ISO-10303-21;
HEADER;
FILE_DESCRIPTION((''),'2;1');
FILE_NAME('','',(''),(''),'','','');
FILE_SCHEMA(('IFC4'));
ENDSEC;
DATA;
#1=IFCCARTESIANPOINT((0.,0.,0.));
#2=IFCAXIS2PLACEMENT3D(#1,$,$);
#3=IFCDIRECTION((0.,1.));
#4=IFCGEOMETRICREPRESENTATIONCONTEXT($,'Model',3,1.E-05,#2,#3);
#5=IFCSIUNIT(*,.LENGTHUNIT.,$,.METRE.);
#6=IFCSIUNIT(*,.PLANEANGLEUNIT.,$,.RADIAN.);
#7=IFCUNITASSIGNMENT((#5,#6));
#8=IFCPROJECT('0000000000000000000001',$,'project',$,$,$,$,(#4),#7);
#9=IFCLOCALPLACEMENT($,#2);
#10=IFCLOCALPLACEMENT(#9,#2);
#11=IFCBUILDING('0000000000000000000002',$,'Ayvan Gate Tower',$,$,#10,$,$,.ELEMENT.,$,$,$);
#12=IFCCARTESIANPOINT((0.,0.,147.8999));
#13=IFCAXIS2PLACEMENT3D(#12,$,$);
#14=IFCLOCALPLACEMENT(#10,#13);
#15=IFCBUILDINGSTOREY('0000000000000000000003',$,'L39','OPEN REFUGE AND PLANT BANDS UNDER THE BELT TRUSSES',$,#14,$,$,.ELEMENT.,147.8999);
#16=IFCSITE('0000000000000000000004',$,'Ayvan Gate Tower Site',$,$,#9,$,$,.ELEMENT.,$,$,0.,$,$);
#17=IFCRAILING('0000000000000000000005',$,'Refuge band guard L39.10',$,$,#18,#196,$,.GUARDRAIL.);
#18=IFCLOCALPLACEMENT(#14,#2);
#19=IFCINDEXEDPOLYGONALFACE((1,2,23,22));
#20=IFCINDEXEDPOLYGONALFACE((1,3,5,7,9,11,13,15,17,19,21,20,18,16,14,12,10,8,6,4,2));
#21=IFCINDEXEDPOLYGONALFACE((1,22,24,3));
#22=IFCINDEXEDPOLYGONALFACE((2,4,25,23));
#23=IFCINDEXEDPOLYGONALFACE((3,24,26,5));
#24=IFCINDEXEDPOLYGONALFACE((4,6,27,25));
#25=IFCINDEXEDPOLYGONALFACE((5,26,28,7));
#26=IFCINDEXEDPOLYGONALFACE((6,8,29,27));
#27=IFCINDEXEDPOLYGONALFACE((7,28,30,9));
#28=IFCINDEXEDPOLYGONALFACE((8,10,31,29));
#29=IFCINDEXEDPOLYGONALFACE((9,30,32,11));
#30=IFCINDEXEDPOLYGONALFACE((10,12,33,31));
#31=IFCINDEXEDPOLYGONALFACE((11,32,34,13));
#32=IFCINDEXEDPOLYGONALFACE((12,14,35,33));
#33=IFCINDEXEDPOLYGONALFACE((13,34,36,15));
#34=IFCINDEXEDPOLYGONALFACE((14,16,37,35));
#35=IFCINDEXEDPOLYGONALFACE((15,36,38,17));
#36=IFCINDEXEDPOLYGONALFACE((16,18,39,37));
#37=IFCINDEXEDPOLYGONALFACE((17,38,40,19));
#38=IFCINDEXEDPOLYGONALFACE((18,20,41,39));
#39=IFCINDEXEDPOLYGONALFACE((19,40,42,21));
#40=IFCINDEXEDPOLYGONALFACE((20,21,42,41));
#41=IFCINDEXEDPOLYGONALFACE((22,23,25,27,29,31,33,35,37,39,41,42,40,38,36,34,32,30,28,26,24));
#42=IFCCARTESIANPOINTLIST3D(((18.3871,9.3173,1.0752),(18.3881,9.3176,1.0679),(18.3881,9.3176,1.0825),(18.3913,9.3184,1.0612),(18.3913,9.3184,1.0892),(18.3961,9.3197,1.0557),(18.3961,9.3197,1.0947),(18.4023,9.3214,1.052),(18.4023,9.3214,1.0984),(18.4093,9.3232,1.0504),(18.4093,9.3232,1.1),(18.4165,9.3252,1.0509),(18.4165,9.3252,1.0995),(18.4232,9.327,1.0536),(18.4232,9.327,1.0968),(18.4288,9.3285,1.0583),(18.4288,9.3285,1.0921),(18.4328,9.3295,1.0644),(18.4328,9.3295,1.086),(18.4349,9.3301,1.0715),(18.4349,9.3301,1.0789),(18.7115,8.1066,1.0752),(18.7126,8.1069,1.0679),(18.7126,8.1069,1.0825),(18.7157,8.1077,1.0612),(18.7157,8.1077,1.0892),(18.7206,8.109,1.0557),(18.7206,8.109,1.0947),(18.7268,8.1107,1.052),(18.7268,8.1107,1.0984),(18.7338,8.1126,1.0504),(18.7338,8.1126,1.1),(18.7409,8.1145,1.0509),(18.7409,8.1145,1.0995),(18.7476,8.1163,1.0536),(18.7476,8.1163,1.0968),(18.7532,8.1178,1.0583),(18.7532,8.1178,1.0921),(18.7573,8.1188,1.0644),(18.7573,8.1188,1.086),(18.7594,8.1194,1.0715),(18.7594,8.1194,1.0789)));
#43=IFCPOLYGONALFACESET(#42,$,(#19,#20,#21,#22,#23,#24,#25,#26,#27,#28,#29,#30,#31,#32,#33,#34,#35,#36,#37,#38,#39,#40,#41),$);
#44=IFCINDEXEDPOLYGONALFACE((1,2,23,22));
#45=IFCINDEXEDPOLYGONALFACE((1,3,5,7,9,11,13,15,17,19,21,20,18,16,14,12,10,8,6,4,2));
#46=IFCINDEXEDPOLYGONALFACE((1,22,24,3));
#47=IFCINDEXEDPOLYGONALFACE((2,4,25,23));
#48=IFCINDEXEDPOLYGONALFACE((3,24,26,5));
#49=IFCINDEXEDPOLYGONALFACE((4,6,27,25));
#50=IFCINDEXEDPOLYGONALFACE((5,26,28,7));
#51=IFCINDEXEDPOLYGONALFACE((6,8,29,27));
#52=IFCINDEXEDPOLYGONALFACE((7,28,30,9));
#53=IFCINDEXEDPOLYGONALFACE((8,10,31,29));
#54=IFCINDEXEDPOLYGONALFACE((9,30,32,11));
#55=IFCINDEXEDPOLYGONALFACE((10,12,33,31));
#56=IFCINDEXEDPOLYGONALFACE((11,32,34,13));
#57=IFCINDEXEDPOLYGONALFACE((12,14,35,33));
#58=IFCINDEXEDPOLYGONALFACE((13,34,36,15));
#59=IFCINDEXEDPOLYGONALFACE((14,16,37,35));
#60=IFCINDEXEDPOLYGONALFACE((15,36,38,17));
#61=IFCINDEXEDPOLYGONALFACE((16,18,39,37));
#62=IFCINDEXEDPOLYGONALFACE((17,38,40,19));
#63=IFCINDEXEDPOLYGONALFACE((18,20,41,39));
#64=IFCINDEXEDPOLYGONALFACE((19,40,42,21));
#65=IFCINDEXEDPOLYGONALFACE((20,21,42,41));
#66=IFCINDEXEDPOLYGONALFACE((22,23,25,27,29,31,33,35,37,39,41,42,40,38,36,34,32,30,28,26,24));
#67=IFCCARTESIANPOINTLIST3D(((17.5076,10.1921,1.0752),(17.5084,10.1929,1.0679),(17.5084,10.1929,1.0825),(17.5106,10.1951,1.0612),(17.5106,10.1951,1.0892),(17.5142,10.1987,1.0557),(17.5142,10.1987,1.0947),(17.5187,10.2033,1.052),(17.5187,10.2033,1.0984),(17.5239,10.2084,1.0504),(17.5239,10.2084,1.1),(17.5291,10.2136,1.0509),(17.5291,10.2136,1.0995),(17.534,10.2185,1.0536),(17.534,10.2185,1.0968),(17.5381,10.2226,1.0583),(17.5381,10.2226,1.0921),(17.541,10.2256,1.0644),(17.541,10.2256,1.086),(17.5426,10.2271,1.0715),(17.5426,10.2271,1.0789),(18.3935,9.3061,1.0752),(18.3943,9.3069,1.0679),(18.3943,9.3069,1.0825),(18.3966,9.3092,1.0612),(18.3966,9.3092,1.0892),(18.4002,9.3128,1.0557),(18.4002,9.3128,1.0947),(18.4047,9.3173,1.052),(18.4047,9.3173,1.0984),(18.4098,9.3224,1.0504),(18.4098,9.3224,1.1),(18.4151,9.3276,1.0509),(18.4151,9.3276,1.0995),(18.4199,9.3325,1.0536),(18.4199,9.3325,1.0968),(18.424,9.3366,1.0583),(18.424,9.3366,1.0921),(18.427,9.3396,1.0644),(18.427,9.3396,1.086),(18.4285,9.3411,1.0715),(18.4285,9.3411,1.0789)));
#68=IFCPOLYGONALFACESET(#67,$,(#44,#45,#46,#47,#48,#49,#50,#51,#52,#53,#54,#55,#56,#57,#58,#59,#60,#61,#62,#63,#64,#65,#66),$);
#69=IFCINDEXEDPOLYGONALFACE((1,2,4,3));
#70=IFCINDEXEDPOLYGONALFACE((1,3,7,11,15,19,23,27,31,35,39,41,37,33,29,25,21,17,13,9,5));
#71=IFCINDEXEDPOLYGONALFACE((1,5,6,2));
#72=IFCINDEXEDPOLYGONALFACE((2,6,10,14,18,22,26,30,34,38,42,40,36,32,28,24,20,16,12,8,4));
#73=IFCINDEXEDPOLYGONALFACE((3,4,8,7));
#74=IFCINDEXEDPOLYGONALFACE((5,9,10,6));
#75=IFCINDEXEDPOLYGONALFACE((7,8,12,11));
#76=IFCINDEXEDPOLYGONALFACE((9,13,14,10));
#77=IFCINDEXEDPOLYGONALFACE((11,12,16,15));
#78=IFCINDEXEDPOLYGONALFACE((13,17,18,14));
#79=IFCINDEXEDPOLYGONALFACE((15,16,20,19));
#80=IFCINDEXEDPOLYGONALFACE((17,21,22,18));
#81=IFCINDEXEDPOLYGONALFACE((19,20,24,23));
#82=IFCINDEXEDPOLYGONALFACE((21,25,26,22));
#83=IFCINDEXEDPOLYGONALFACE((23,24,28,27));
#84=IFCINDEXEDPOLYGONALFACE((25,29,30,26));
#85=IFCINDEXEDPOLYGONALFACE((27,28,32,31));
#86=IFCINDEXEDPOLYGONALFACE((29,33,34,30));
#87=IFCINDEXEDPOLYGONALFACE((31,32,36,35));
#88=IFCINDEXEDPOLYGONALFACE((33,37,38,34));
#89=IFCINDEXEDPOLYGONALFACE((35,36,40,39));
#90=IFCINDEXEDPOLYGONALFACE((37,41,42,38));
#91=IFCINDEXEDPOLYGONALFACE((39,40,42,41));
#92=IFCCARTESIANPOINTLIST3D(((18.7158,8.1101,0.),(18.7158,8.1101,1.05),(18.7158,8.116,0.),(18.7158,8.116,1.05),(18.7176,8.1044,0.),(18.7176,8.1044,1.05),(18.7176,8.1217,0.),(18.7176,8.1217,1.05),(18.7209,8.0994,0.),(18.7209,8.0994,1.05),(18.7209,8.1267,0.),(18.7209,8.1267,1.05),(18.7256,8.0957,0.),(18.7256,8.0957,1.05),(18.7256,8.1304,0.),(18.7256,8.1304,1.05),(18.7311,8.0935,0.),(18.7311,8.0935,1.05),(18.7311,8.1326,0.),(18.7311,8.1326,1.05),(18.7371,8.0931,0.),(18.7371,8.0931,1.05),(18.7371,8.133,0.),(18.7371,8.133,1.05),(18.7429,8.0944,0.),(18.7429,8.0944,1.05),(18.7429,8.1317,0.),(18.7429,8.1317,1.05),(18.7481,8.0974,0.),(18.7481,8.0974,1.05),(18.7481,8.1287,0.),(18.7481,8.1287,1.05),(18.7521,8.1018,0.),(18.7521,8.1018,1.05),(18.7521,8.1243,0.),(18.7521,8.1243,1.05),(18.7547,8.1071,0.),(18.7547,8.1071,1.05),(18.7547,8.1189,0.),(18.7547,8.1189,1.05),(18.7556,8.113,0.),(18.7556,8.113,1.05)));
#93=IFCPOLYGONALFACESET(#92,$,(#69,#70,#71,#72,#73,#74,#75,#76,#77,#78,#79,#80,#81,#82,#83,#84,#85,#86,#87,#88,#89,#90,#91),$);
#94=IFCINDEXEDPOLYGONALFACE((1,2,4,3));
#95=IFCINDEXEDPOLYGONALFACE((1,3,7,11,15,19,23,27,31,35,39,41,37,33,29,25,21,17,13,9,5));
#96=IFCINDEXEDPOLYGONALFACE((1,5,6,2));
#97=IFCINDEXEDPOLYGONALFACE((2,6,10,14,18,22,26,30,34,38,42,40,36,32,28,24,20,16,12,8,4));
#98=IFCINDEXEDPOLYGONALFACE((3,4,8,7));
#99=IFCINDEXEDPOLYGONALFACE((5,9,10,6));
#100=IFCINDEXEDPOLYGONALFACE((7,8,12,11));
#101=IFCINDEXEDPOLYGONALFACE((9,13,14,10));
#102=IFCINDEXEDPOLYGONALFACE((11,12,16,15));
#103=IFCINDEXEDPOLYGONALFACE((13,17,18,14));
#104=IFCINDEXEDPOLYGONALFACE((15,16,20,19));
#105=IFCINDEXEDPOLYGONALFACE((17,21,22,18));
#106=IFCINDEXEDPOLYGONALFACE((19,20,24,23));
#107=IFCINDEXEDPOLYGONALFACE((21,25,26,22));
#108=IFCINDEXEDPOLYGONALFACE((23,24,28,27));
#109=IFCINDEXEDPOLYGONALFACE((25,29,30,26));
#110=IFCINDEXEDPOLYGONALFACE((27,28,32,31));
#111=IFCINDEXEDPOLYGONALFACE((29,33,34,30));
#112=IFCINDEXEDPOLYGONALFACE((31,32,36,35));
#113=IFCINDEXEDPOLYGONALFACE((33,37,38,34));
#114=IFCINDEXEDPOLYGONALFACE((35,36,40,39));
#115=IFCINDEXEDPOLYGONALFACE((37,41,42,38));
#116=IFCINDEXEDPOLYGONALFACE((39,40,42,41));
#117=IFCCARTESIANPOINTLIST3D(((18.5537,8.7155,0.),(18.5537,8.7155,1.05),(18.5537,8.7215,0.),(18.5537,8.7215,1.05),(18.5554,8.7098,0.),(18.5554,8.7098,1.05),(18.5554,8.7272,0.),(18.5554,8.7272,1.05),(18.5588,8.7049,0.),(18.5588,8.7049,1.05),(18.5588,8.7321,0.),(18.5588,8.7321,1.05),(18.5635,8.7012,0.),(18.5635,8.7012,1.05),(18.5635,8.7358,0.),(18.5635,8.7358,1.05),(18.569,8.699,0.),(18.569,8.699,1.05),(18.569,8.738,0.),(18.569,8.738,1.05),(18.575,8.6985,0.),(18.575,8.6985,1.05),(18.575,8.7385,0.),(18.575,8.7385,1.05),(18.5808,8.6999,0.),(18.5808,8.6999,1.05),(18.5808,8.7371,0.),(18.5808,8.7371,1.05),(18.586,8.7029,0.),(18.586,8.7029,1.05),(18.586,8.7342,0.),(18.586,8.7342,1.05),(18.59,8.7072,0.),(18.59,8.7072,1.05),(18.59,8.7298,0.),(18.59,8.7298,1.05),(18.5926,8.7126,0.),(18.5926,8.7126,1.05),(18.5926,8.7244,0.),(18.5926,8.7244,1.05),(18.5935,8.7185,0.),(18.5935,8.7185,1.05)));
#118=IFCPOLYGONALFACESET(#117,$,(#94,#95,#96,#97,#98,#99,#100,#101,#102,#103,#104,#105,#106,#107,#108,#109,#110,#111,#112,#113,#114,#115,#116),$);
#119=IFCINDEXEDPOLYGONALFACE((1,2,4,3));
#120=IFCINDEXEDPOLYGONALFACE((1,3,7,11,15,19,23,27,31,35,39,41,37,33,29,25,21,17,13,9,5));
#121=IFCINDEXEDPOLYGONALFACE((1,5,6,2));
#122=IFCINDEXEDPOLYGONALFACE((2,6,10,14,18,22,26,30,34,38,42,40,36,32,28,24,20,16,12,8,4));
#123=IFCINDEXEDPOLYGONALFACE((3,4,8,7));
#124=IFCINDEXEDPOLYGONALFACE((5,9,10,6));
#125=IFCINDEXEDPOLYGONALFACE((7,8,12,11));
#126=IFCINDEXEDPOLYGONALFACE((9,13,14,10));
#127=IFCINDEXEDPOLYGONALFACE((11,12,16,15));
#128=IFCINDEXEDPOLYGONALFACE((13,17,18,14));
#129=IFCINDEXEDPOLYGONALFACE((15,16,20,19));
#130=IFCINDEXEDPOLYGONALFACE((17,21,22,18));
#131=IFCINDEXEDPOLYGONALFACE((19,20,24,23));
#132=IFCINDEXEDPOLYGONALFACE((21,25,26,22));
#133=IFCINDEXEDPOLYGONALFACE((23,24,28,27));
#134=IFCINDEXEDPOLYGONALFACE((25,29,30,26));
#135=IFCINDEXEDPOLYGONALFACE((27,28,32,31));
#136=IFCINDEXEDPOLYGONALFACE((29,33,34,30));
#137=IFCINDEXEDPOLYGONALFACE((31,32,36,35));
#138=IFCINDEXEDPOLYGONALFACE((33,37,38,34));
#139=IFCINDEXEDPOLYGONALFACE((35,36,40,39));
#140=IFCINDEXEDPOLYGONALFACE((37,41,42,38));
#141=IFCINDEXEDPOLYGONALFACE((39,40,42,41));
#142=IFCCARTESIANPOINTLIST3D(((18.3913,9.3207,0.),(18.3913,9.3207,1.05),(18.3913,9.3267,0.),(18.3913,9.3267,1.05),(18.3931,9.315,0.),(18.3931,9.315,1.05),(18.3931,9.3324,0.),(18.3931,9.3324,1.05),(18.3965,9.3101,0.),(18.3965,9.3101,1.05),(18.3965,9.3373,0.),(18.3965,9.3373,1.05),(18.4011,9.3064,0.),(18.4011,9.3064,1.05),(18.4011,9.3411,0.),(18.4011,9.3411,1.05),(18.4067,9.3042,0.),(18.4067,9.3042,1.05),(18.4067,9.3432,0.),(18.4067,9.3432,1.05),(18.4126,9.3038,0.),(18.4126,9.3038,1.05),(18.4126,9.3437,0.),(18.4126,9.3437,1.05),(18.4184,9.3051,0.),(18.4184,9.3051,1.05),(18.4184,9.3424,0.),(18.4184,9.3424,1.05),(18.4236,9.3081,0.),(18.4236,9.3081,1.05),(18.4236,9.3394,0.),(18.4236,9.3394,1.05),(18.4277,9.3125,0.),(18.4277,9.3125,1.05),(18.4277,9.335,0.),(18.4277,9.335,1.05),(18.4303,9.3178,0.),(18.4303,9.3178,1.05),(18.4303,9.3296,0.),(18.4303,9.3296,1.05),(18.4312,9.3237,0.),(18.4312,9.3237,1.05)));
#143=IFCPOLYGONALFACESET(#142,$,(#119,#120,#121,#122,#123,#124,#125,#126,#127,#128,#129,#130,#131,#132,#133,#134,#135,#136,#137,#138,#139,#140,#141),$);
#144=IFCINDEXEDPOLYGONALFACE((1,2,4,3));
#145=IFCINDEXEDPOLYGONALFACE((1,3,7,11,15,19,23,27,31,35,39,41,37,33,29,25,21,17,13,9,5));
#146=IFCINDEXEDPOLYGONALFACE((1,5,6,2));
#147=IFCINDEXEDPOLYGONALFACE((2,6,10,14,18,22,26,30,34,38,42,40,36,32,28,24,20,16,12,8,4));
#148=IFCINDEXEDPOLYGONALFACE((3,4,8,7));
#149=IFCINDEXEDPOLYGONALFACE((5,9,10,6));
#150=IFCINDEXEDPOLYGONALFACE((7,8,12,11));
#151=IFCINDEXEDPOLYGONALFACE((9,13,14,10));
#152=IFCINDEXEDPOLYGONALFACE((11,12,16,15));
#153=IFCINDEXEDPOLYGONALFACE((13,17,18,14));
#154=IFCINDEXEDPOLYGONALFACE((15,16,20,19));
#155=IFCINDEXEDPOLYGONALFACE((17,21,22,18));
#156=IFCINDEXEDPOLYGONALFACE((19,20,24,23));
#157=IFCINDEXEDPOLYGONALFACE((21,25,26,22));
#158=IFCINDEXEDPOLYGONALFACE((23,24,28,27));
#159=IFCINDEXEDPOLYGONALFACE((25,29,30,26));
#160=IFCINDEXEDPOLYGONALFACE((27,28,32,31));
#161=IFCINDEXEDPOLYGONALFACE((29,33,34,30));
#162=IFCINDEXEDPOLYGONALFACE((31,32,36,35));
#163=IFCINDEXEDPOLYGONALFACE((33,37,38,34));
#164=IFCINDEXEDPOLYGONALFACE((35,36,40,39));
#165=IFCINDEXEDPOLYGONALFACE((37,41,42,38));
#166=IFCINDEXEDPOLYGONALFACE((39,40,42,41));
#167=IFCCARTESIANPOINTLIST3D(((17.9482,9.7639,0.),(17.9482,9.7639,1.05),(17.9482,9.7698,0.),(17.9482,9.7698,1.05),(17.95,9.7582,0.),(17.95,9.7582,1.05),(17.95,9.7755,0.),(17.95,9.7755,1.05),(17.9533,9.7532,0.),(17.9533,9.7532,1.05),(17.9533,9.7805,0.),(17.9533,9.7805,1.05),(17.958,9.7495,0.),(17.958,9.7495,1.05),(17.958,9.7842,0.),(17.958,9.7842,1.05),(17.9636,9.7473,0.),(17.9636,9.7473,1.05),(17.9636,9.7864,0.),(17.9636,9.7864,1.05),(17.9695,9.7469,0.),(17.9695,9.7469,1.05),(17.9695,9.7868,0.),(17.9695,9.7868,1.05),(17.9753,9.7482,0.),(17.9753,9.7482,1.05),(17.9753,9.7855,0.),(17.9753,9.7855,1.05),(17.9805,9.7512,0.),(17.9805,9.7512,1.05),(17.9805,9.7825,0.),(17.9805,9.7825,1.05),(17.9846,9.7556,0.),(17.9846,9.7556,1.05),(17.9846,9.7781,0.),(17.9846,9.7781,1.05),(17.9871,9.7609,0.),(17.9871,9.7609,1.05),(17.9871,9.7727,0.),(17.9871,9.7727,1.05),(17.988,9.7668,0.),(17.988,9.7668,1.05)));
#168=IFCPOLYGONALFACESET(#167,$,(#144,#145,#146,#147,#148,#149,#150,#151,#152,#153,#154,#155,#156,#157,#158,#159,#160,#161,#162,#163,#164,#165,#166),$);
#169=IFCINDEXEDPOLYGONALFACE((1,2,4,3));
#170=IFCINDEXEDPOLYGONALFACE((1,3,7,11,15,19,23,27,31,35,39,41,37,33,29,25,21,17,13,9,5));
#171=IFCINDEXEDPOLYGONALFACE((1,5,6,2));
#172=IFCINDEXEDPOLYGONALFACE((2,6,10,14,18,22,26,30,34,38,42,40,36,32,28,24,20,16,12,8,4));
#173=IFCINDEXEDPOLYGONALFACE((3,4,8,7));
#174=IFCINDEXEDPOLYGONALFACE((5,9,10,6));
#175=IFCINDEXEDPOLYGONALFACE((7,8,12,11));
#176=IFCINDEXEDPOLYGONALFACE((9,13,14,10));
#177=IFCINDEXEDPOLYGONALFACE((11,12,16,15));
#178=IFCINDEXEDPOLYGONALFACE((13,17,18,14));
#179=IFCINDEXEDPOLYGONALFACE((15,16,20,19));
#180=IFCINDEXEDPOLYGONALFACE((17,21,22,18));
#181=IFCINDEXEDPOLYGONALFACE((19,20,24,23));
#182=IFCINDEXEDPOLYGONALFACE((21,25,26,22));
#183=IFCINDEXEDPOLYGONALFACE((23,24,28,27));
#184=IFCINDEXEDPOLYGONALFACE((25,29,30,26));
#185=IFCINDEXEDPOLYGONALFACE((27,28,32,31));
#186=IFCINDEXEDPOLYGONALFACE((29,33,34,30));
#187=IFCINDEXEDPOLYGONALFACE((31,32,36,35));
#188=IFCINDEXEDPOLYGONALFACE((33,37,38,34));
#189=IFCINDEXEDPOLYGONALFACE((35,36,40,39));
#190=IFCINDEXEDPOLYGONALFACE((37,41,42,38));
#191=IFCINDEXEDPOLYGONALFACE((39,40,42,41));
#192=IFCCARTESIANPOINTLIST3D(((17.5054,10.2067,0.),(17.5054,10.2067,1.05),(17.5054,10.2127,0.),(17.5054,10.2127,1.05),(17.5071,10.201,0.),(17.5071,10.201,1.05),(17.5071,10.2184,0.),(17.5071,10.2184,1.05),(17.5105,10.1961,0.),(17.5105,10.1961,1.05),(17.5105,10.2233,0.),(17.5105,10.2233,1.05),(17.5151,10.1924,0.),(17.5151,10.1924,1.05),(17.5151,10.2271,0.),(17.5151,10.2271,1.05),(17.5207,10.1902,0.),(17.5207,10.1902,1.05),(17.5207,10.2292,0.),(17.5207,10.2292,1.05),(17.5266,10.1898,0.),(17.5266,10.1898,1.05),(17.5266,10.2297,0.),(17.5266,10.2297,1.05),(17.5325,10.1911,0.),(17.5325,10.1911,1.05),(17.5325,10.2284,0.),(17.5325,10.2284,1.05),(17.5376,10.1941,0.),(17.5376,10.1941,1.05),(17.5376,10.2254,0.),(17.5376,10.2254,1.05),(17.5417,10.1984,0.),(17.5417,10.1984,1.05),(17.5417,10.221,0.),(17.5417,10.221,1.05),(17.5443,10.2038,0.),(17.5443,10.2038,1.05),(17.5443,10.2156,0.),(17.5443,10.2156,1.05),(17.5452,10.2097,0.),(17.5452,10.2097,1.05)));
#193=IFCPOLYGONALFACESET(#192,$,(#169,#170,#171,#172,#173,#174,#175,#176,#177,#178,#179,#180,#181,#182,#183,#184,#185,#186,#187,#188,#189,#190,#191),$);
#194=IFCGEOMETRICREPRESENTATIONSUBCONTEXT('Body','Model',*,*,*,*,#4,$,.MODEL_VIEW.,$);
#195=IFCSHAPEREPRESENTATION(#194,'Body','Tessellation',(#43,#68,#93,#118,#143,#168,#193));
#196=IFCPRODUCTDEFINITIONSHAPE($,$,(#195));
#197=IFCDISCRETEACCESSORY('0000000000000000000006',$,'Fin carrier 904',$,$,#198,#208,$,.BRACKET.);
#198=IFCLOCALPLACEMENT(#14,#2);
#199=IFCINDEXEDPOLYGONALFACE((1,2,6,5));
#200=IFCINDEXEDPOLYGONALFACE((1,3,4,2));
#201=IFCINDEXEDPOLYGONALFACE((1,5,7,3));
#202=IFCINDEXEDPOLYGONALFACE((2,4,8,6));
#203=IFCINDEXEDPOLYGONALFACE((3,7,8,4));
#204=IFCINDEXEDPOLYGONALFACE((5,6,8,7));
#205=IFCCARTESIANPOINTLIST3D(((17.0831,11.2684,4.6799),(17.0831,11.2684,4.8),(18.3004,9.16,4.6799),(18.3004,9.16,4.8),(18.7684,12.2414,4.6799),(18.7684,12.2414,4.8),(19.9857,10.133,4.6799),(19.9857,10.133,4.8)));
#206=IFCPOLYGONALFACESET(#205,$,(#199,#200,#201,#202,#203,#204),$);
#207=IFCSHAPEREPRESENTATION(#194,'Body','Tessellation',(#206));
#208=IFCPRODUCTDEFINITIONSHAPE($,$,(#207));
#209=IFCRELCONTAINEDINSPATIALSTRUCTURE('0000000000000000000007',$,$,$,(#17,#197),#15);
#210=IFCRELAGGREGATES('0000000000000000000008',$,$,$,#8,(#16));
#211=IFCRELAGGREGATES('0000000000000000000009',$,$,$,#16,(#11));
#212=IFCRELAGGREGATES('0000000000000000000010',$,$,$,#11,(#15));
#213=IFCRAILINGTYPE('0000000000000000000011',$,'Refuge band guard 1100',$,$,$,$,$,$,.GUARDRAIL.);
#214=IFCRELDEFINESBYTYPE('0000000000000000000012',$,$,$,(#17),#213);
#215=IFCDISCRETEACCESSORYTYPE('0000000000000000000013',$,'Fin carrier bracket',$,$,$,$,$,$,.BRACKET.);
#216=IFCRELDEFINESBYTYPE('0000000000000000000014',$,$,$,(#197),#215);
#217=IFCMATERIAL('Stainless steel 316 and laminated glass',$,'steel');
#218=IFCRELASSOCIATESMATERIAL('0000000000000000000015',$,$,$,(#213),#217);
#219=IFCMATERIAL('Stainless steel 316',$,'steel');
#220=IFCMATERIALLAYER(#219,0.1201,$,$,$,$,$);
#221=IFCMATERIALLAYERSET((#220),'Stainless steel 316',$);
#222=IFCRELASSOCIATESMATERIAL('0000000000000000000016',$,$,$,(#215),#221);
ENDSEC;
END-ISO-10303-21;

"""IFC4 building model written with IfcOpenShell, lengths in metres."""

from ifc_helpers import new_model, si_unit, direction, frame, origin, origin_2d, place, context, subcontext, project, spatial, rectangle, circle, extrude, material, layer, layer_set, type_object, element, save


model = new_model("IFC4")

# Units and contexts
model_context = context("Model", 3, precision=1e-05, world=origin(), true_north=direction((0.0, 1.0)))
body_context = subcontext(model_context, "Body", "Model", "MODEL_VIEW")
ifc_project = project(units=[si_unit("LENGTHUNIT", "METRE"), si_unit("PLANEANGLEUNIT", "RADIAN")], contexts=[model_context])

# Site, building, storey
site_placement = place(None, origin())
site = spatial("IfcSite", under=ifc_project, at=site_placement, Name="Ayvan Gate Tower Site", CompositionType="ELEMENT", RefElevation=0.0)
building_placement = place(site_placement, origin())
building = spatial("IfcBuilding", under=site, at=building_placement, Name="Ayvan Gate Tower", CompositionType="ELEMENT")
storey_placement = place(building_placement, frame((0.0, 0.0, 147.8999)))
storey = spatial("IfcBuildingStorey", under=building, at=storey_placement, Name="L39", Description="OPEN REFUGE AND PLANT BANDS UNDER THE BELT TRUSSES", CompositionType="ELEMENT", Elevation=147.8999)

# Railing
ifc_material_1 = material(Name="Stainless steel 316 and laminated glass", Category="steel")
railing_type = type_object("IfcRailingType", Name="Refuge band guard 1100", PredefinedType="GUARDRAIL", material=ifc_material_1)
railing_1_placement = place(storey_placement, frame((18.7356, 8.113, 0.0)))
element("IfcRailing", 1, at=railing_1_placement, inside=storey, type_object=railing_type, Name="Refuge band guard L39.10", PredefinedType="GUARDRAIL", context=body_context, shape_type="SweptSolid", body=[
    extrude(circle(Radius=0.0249, at=origin_2d()), frame((0.0, 0.0, 1.0752), z_axis=(-0.258863, 0.965914, 0.0), x_axis=(-0.965914, -0.258863, 0.0)), (0.0, 0.0, 1.0), 1.2534),
    extrude(circle(Radius=0.0249, at=origin_2d()), frame((-0.3245, 1.2107, 1.0752), z_axis=(-0.707107, 0.707107, 0.0), x_axis=(-0.707107, -0.707107, 0.0)), (0.0, 0.0, 1.0), 1.2529),
    extrude(circle(Radius=0.02, at=origin_2d()), origin(), (0.0, 0.0, 1.0), 1.05),
    extrude(circle(Radius=0.02, at=origin_2d()), frame((-0.1621, 0.6055, 0.0)), (0.0, 0.0, 1.0), 1.05),
    extrude(circle(Radius=0.02, at=origin_2d()), frame((-0.3245, 1.2107, 0.0)), (0.0, 0.0, 1.0), 1.05),
    extrude(circle(Radius=0.02, at=origin_2d()), frame((-0.7676, 1.6538, 0.0)), (0.0, 0.0, 1.0), 1.05),
    extrude(circle(Radius=0.02, at=origin_2d()), frame((-1.2104, 2.0967, 0.0)), (0.0, 0.0, 1.0), 1.05),
])

# Discrete accessory
ifc_material_2 = material(Name="Stainless steel 316", Category="steel")
ifc_layer_1 = layer(ifc_material_2, 0.1201)
ifc_layer_set_1 = layer_set([ifc_layer_1], Name="Stainless steel 316")
discrete_accessory_type_1 = type_object("IfcDiscreteAccessoryType", Name="Fin carrier bracket", PredefinedType="BRACKET", material=ifc_layer_set_1)
discrete_accessory_1_placement = place(storey_placement, frame((18.5344, 10.7007, 4.6799), z_axis=(0.0, 0.0, 1.0), x_axis=(-0.5, 0.866025, 0.0)))
element("IfcDiscreteAccessory", 2, at=discrete_accessory_1_placement, inside=storey, type_object=discrete_accessory_type_1, Name="Fin carrier 904", PredefinedType="BRACKET", context=body_context, shape_type="SweptSolid", body=[
    extrude(rectangle(XDim=2.4346, YDim=1.946, at=origin_2d()), origin(), (0.0, 0.0, 1.0), 0.1201),
])

save(model, "model.ifc")
